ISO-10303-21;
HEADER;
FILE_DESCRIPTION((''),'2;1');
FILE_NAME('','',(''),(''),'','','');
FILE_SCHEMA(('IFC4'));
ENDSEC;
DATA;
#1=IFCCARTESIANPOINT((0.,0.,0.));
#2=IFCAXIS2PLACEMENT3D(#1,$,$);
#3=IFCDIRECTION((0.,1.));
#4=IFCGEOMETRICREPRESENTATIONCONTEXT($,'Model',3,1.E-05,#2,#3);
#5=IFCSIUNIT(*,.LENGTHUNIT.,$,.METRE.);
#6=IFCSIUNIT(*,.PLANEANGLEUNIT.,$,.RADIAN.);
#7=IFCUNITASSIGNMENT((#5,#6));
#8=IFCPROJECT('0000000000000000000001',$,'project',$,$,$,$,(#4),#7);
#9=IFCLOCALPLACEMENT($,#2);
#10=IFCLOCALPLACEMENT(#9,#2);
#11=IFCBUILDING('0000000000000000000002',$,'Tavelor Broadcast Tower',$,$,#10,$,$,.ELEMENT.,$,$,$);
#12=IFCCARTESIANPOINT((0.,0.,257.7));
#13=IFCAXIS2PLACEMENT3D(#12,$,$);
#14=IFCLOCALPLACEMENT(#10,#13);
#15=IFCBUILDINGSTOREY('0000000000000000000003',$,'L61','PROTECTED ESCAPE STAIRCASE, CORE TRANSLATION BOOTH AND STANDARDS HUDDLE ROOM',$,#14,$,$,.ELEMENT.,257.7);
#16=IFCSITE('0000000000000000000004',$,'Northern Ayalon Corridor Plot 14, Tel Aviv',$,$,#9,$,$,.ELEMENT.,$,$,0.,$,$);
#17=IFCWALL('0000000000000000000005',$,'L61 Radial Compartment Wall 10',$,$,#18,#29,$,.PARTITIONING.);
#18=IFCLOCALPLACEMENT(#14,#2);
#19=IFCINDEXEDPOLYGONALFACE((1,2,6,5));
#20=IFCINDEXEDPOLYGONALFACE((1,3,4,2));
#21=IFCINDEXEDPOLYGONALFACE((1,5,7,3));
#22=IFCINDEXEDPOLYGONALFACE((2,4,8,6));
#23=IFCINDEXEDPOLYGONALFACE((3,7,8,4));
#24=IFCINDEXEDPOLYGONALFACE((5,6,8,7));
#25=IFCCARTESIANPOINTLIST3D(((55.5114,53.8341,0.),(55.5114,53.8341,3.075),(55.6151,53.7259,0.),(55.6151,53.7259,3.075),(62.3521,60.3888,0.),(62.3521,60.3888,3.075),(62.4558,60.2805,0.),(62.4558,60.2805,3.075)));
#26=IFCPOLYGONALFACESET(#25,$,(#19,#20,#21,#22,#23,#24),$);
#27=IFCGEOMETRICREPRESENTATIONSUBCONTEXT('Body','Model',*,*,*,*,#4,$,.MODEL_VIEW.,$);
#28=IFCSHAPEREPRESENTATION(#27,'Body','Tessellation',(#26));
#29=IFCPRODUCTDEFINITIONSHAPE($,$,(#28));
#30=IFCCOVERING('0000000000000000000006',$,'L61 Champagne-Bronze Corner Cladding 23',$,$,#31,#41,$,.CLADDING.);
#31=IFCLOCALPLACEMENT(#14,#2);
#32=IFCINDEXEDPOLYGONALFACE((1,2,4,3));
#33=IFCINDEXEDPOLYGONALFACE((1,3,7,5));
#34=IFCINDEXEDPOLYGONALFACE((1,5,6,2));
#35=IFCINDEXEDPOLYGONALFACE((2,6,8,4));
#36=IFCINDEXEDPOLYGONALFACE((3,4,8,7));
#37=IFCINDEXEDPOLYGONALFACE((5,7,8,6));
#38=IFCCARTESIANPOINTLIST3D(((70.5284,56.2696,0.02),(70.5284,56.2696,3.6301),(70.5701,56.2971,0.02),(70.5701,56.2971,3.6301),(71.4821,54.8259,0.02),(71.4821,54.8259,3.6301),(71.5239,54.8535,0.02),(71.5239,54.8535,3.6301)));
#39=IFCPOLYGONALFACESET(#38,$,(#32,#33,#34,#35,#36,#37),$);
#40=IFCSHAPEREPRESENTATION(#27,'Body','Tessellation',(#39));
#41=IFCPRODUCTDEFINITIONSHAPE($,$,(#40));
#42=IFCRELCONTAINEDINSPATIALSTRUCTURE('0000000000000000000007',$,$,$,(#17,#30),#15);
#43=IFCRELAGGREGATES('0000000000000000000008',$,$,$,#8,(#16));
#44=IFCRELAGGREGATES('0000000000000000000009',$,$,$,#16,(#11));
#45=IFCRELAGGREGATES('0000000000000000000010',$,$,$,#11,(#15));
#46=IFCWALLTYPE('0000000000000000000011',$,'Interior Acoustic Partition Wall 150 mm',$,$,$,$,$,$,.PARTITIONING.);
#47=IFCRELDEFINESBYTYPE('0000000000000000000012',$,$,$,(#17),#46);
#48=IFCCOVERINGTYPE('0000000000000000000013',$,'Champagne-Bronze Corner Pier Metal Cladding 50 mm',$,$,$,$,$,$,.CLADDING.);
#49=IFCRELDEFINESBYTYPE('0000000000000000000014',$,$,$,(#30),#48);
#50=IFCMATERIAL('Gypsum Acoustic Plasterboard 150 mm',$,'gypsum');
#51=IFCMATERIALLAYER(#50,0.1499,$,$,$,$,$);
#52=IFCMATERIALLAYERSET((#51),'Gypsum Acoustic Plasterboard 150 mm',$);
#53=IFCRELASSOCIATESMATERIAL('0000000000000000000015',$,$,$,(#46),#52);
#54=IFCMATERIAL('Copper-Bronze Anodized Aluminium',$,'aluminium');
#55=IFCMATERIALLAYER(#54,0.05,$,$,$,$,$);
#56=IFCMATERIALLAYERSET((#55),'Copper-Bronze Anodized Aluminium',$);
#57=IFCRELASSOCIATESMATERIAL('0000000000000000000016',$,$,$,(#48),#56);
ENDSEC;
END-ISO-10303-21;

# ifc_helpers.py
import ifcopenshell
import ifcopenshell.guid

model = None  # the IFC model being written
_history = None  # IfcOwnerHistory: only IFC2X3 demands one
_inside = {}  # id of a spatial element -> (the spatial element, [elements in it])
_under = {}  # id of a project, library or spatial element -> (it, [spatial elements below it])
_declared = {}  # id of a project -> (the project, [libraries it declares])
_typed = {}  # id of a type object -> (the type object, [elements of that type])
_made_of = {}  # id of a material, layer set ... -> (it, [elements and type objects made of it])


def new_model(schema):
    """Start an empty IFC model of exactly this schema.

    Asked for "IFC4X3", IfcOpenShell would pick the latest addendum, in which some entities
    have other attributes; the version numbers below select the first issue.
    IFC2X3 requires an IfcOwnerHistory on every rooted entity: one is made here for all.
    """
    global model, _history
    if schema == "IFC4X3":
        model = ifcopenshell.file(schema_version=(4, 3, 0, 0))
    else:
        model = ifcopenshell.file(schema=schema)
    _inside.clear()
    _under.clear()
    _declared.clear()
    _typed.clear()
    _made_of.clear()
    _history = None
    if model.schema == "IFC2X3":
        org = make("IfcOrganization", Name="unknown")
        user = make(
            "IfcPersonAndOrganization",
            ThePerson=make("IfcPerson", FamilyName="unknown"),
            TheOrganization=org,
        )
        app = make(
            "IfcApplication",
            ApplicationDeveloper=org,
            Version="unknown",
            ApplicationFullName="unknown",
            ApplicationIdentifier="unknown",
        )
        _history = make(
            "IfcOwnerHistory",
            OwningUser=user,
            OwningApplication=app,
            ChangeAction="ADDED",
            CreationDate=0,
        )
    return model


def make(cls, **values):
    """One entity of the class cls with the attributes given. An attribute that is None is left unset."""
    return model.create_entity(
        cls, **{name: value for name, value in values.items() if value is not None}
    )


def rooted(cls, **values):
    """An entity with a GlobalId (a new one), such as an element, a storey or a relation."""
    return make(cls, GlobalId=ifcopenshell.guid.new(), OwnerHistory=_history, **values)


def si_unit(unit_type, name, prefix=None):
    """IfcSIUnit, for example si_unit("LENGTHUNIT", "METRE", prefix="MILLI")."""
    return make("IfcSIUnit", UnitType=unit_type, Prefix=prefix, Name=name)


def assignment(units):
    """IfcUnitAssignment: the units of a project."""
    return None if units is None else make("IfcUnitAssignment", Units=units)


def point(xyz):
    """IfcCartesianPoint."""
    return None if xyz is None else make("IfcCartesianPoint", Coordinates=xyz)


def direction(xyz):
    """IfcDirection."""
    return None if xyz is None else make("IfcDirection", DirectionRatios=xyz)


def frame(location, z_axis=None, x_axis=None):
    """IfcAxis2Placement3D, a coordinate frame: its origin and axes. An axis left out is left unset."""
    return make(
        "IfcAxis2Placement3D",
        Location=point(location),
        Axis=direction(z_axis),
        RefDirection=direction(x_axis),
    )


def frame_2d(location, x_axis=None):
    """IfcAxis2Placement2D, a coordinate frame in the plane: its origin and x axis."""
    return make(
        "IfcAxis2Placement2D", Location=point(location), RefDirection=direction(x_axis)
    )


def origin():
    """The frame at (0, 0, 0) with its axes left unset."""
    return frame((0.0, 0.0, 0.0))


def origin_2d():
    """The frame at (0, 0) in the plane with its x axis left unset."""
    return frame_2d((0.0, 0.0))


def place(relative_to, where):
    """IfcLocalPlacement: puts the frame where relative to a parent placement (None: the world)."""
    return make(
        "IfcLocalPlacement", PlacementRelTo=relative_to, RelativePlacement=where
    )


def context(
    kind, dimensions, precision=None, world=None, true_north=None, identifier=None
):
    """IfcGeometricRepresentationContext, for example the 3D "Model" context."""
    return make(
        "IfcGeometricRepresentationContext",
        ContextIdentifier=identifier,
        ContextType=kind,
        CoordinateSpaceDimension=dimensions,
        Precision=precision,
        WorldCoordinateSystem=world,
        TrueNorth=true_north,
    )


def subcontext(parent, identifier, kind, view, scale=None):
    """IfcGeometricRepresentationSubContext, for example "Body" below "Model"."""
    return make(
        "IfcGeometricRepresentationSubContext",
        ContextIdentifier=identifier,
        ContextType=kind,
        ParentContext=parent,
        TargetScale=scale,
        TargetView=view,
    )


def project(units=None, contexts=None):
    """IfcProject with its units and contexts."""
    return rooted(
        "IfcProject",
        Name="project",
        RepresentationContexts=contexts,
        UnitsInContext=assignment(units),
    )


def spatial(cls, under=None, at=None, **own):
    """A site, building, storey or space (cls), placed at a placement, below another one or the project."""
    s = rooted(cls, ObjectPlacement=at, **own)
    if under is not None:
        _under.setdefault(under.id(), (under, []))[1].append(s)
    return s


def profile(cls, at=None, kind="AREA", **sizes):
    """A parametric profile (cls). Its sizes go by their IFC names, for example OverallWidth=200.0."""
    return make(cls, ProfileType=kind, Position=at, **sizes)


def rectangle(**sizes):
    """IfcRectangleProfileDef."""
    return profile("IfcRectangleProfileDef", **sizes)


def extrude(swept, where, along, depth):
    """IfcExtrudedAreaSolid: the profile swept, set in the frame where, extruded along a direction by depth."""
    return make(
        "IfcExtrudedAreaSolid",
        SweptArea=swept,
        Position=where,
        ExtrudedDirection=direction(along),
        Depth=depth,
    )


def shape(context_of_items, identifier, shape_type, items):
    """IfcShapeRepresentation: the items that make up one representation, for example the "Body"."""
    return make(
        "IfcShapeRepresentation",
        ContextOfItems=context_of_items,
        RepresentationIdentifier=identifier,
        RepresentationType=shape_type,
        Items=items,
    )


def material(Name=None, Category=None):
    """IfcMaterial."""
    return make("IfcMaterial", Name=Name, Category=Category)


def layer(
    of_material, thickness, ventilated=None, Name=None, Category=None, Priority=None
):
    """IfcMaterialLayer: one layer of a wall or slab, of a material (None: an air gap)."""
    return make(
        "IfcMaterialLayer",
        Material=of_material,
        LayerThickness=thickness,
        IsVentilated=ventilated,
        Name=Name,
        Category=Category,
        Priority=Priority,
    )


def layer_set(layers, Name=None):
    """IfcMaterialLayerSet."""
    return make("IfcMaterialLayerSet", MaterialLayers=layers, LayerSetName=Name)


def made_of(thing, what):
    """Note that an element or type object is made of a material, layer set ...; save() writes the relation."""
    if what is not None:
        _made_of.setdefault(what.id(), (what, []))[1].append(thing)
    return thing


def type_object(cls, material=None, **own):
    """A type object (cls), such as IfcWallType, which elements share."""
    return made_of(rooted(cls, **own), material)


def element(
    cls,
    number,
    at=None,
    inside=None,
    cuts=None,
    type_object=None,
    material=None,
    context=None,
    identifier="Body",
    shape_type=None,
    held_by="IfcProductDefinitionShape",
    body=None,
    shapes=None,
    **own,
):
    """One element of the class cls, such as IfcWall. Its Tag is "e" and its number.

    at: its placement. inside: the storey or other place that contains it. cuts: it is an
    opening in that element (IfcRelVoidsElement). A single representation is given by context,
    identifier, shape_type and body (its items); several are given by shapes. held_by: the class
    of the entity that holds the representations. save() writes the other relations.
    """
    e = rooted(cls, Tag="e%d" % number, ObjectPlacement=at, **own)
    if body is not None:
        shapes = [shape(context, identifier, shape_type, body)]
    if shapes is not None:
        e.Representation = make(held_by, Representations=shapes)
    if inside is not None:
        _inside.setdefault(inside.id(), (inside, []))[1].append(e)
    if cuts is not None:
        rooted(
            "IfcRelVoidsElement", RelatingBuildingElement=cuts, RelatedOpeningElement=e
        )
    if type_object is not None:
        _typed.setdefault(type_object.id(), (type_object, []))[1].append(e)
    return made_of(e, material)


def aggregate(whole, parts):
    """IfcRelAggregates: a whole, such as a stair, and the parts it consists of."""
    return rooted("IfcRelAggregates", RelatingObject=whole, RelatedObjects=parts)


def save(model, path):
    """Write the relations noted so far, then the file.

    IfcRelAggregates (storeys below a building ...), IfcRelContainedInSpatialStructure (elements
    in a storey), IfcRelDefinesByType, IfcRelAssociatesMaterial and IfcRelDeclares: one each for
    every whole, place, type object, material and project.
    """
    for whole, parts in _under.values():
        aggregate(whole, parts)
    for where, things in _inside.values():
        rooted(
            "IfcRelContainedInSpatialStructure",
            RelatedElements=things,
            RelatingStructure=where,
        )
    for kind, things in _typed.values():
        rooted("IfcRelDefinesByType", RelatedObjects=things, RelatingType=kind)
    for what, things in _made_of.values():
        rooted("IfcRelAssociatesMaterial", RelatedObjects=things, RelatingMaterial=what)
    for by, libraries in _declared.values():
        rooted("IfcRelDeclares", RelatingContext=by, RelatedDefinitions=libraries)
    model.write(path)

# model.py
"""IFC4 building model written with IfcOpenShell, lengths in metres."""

from ifc_helpers import new_model, si_unit, direction, frame, frame_2d, origin, origin_2d, place, context, subcontext, project, spatial, rectangle, extrude, material, layer, layer_set, type_object, element, save


model = new_model("IFC4")

# Units and contexts
model_context = context("Model", 3, precision=1e-05, world=origin(), true_north=direction((0.0, 1.0)))
body_context = subcontext(model_context, "Body", "Model", "MODEL_VIEW")
ifc_project = project(units=[si_unit("LENGTHUNIT", "METRE"), si_unit("PLANEANGLEUNIT", "RADIAN")], contexts=[model_context])

# Site, building, storey
site_placement = place(None, origin())
site = spatial("IfcSite", under=ifc_project, at=site_placement, Name="Northern Ayalon Corridor Plot 14, Tel Aviv", CompositionType="ELEMENT", RefElevation=0.0)
building_placement = place(site_placement, origin())
building = spatial("IfcBuilding", under=site, at=building_placement, Name="Tavelor Broadcast Tower", CompositionType="ELEMENT")
storey_placement = place(building_placement, frame((0.0, 0.0, 257.7)))
storey = spatial("IfcBuildingStorey", under=building, at=storey_placement, Name="L61", Description="PROTECTED ESCAPE STAIRCASE, CORE TRANSLATION BOOTH AND STANDARDS HUDDLE ROOM", CompositionType="ELEMENT", Elevation=257.7)

# Wall
ifc_material_1 = material(Name="Gypsum Acoustic Plasterboard 150 mm", Category="gypsum")
ifc_layer_1 = layer(ifc_material_1, 0.1499)
ifc_layer_set_1 = layer_set([ifc_layer_1], Name="Gypsum Acoustic Plasterboard 150 mm")
wall_type_1 = type_object("IfcWallType", Name="Interior Acoustic Partition Wall 150 mm", PredefinedType="PARTITIONING", material=ifc_layer_set_1)
wall_1_placement = place(storey_placement, frame((55.5632, 53.78, 0.0), z_axis=(0.0, 0.0, 1.0), x_axis=(0.722046, 0.691845, 0.0)))
element("IfcWall", 1, at=wall_1_placement, inside=storey, type_object=wall_type_1, Name="L61 Radial Compartment Wall 10", PredefinedType="PARTITIONING", context=body_context, shape_type="SweptSolid", body=[
    extrude(rectangle(XDim=9.4741, YDim=0.1499, at=frame_2d((4.7371, 0.0))), origin(), (0.0, 0.0, 1.0), 3.075),
])

# Covering
ifc_material_2 = material(Name="Copper-Bronze Anodized Aluminium", Category="aluminium")
ifc_layer_2 = layer(ifc_material_2, 0.05)
ifc_layer_set_2 = layer_set([ifc_layer_2], Name="Copper-Bronze Anodized Aluminium")
covering_type = type_object("IfcCoveringType", Name="Champagne-Bronze Corner Pier Metal Cladding 50 mm", PredefinedType="CLADDING", material=ifc_layer_set_2)
covering_placement = place(storey_placement, frame((71.0261, 55.5615, 0.02), z_axis=(0.0, 0.0, 1.0), x_axis=(-0.551209, 0.834367, 0.0)))
element("IfcCovering", 2, at=covering_placement, inside=storey, type_object=covering_type, Name="L61 Champagne-Bronze Corner Cladding 23", PredefinedType="CLADDING", context=body_context, shape_type="SweptSolid", body=[
    extrude(rectangle(XDim=1.7302, YDim=0.05, at=origin_2d()), origin(), (0.0, 0.0, 1.0), 3.6101),
])

save(model, "model.ifc")
